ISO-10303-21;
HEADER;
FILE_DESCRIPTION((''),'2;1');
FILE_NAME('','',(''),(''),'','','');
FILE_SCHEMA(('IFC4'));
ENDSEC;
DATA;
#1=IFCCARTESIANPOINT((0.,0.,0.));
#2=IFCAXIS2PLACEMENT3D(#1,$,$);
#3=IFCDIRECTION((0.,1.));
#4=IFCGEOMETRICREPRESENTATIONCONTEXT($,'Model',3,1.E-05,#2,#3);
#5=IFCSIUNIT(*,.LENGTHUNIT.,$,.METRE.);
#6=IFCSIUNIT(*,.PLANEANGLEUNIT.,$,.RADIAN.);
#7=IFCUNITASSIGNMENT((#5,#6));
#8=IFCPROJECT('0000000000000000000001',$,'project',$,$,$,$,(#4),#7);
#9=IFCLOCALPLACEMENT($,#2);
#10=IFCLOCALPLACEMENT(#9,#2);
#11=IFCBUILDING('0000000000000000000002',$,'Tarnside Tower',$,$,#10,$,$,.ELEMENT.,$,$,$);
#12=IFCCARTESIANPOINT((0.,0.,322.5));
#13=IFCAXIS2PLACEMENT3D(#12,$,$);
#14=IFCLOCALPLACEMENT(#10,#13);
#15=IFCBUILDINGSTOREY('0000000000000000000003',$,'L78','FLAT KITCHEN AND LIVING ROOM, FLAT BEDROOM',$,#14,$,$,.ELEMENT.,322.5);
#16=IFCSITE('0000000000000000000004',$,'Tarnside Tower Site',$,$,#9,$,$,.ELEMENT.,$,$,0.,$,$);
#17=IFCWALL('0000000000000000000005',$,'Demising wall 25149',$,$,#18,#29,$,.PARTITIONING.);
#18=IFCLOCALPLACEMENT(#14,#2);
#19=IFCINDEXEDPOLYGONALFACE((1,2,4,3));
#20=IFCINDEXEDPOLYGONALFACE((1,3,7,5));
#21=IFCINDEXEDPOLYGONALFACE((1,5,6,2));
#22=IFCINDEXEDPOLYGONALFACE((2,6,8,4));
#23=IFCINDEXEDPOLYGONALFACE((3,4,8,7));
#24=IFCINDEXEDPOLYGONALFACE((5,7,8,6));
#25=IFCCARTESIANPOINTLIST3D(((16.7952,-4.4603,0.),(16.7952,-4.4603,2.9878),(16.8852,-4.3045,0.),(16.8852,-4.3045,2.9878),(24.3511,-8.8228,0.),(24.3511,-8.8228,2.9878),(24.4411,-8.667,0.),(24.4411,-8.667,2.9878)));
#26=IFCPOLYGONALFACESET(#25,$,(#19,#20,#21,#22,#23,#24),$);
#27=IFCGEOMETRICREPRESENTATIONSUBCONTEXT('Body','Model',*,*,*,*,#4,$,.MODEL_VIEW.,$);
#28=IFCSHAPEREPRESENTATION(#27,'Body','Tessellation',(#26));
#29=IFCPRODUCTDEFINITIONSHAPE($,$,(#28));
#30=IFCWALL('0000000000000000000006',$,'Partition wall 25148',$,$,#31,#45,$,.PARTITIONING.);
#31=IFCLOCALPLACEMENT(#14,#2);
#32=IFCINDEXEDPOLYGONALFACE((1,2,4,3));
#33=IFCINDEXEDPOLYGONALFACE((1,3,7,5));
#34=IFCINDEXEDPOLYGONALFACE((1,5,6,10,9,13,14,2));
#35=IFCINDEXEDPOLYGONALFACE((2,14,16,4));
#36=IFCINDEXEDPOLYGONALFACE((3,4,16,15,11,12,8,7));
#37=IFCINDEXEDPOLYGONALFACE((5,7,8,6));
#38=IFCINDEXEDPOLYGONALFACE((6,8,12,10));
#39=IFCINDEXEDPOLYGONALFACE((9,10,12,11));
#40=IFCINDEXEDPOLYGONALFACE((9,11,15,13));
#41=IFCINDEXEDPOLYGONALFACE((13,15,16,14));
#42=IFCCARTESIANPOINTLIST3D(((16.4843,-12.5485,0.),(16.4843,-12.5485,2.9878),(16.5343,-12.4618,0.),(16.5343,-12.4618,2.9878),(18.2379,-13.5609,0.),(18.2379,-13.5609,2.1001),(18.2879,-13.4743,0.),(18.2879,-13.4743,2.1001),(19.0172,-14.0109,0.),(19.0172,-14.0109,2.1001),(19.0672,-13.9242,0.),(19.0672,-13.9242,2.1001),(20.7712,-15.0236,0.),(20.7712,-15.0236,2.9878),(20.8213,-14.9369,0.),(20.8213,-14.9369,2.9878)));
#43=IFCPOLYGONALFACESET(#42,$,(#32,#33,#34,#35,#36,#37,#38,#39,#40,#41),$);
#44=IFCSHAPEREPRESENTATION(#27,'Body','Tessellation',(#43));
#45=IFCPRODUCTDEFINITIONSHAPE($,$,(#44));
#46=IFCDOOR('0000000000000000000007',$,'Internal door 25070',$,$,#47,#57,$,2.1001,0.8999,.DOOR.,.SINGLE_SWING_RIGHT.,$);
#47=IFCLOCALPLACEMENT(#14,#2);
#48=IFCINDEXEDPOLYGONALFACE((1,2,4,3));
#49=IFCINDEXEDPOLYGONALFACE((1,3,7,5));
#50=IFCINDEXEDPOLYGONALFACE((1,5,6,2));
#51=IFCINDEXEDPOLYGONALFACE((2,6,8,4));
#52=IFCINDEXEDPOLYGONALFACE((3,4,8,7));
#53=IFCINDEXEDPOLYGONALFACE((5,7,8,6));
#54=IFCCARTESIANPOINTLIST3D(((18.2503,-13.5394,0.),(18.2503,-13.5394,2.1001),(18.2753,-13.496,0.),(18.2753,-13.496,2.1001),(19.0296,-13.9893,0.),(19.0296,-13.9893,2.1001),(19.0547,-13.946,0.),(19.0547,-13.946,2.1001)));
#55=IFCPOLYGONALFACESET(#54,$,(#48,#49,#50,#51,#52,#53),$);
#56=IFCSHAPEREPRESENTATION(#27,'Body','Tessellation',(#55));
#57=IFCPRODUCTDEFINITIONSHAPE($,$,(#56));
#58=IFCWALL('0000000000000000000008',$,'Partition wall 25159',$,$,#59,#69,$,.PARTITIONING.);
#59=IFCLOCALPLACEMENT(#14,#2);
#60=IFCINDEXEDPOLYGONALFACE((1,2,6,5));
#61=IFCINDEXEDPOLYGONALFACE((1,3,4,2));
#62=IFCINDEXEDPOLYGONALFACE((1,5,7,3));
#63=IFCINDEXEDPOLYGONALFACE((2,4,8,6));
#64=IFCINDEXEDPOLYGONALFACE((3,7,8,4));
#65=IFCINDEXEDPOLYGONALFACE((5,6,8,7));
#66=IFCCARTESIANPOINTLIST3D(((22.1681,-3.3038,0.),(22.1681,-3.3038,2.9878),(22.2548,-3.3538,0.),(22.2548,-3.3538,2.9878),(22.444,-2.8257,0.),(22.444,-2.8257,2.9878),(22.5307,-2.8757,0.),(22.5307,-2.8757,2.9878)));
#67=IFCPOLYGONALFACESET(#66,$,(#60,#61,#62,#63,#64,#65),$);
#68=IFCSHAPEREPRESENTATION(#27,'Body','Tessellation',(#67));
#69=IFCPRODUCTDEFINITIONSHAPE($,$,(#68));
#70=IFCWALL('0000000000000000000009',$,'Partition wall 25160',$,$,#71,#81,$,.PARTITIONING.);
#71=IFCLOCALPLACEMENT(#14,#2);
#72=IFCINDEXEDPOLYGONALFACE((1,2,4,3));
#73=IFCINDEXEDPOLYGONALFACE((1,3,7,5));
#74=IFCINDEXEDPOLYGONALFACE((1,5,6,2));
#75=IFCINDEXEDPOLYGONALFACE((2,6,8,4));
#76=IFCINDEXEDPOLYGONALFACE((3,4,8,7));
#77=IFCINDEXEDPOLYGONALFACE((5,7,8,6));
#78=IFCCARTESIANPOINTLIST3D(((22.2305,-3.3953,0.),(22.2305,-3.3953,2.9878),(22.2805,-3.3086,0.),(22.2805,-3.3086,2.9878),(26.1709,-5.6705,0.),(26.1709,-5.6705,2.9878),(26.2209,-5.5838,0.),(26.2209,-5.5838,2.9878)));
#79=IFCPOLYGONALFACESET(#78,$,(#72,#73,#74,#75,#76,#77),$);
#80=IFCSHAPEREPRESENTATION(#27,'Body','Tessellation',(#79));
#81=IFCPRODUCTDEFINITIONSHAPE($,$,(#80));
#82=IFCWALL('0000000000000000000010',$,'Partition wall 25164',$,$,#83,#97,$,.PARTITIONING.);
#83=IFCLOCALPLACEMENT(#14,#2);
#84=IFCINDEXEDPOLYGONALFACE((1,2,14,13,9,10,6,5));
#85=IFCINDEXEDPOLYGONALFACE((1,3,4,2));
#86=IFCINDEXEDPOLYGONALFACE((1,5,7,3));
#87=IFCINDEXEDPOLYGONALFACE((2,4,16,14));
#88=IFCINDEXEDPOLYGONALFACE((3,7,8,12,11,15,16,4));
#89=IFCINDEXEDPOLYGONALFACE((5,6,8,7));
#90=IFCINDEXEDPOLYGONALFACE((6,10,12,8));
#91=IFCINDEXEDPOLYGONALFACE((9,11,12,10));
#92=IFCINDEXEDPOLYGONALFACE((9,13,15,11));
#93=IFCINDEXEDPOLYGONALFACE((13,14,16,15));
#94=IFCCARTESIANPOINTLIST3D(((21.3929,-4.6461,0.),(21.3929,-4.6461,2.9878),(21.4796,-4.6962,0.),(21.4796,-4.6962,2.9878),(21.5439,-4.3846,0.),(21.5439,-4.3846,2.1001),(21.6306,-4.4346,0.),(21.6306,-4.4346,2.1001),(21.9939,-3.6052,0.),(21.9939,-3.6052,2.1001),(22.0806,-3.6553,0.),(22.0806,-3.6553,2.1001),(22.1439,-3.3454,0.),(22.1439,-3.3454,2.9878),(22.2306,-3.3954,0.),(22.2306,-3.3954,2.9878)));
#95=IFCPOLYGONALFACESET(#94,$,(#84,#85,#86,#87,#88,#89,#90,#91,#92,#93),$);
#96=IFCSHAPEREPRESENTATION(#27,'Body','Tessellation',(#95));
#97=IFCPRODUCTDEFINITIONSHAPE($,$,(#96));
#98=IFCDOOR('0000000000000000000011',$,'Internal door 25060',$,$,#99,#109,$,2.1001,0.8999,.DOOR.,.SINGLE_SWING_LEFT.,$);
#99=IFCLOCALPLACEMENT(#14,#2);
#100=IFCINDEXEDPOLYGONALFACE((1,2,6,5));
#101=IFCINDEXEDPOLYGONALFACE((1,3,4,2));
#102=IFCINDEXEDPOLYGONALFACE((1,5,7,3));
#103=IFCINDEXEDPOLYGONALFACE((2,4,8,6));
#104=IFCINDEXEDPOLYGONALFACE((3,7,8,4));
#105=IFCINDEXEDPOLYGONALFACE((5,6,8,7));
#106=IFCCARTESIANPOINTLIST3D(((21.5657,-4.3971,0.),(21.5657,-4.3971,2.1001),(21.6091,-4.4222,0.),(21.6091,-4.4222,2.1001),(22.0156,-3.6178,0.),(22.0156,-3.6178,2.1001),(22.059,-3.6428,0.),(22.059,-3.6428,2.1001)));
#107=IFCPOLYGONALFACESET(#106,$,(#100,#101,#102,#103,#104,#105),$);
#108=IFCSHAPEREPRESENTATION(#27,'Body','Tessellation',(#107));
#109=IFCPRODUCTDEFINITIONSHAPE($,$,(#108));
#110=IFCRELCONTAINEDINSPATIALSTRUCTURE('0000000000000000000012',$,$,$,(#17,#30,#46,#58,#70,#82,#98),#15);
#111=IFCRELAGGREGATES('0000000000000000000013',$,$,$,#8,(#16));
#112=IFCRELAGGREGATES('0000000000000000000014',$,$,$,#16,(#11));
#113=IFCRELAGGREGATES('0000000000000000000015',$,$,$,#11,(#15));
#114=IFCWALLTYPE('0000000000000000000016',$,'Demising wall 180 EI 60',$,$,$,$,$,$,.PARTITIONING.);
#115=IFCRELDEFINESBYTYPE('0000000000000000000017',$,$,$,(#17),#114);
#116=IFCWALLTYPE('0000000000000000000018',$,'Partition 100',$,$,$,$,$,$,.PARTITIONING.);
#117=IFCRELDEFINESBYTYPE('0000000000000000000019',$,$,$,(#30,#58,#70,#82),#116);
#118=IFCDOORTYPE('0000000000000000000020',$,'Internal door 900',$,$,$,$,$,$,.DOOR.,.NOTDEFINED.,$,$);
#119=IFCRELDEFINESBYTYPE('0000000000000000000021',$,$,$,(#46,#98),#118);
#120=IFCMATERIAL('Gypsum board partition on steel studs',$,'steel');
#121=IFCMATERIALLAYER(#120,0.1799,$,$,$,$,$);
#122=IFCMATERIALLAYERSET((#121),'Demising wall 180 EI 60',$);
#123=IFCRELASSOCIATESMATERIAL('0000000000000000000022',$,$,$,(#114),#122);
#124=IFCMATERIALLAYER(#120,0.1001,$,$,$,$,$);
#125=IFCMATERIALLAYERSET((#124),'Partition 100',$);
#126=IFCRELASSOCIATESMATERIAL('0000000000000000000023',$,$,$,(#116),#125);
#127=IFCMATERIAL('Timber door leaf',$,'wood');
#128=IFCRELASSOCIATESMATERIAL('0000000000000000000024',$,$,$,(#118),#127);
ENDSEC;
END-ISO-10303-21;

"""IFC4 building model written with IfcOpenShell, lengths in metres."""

from ifc_helpers import new_model, si_unit, direction, frame, frame_2d, origin, place, context, subcontext, project, spatial, rectangle, extrude, material, layer, layer_set, type_object, element, fill, save


model = new_model("IFC4")

# Units and contexts
model_context = context("Model", 3, precision=1e-05, world=origin(), true_north=direction((0.0, 1.0)))
body_context = subcontext(model_context, "Body", "Model", "MODEL_VIEW")
ifc_project = project(units=[si_unit("LENGTHUNIT", "METRE"), si_unit("PLANEANGLEUNIT", "RADIAN")], contexts=[model_context])

# Site, building, storey
site_placement = place(None, origin())
site = spatial("IfcSite", under=ifc_project, at=site_placement, Name="Tarnside Tower Site", CompositionType="ELEMENT", RefElevation=0.0)
building_placement = place(site_placement, origin())
building = spatial("IfcBuilding", under=site, at=building_placement, Name="Tarnside Tower", CompositionType="ELEMENT")
storey_placement = place(building_placement, frame((0.0, 0.0, 322.5)))
storey = spatial("IfcBuildingStorey", under=building, at=storey_placement, Name="L78", Description="FLAT KITCHEN AND LIVING ROOM, FLAT BEDROOM", CompositionType="ELEMENT", Elevation=322.5)

# Shared definitions
ifc_material_1 = material(Name="Gypsum board partition on steel studs", Category="steel")

# Shared definitions
ifc_material_2 = material(Name="Timber door leaf", Category="wood")

# Wall
ifc_layer_1 = layer(ifc_material_1, 0.1799)
ifc_layer_set_1 = layer_set([ifc_layer_1], Name="Demising wall 180 EI 60")
wall_type_1 = type_object("IfcWallType", Name="Demising wall 180 EI 60", PredefinedType="PARTITIONING", material=ifc_layer_set_1)
wall_1_placement = place(storey_placement, frame((24.396, -8.7449, 0.0), z_axis=(0.0, 0.0, 1.0), x_axis=(-0.866018, 0.500012, 0.0)))
element("IfcWall", 1, at=wall_1_placement, inside=storey, type_object=wall_type_1, Name="Demising wall 25149", PredefinedType="PARTITIONING", context=body_context, shape_type="SweptSolid", body=[
    extrude(rectangle(XDim=8.7249, YDim=0.1799, at=frame_2d((4.3623, 0.0))), origin(), (0.0, 0.0, 1.0), 2.9878),
])

# Wall, opening, door
ifc_layer_2 = layer(ifc_material_1, 0.1001)
ifc_layer_set_2 = layer_set([ifc_layer_2], Name="Partition 100")
wall_type_2 = type_object("IfcWallType", Name="Partition 100", PredefinedType="PARTITIONING", material=ifc_layer_set_2)
wall_2_placement = place(storey_placement, frame((16.5093, -12.5051, 0.0), z_axis=(0.0, 0.0, 1.0), x_axis=(0.866019, -0.500011, 0.0)))
wall_2 = element("IfcWall", 2, at=wall_2_placement, inside=storey, type_object=wall_type_2, Name="Partition wall 25148", PredefinedType="PARTITIONING", context=body_context, shape_type="SweptSolid", body=[
    extrude(rectangle(XDim=4.9502, YDim=0.1001, at=frame_2d((2.4751, 0.0))), origin(), (0.0, 0.0, 1.0), 2.9878),
])
opening_1_placement = place(wall_2_placement, frame((2.0249, 0.0, 0.0)))
opening_1 = element("IfcOpeningElement", 3, at=opening_1_placement, cuts=wall_2, PredefinedType="OPENING", context=body_context, shape_type="SweptSolid", body=[
    extrude(rectangle(XDim=0.8999, YDim=2.1001, at=frame_2d((0.45, 1.05))), frame((0.0, 0.0601, 0.0), z_axis=(0.0, -1.0, 0.0), x_axis=(1.0, 0.0, 0.0)), (0.0, 0.0, 1.0), 0.1201),
])
door_type_1 = type_object("IfcDoorType", Name="Internal door 900", OperationType="NOTDEFINED", PredefinedType="DOOR", material=ifc_material_2)
door_1_placement = place(opening_1_placement, origin())
door_1 = element("IfcDoor", 4, at=door_1_placement, inside=storey, type_object=door_type_1, Name="Internal door 25070", OperationType="SINGLE_SWING_RIGHT", OverallHeight=2.1001, OverallWidth=0.8999, PredefinedType="DOOR", context=body_context, shape_type="SweptSolid", body=[
    extrude(rectangle(XDim=0.8999, YDim=2.1001, at=frame_2d((0.45, 1.05))), frame((0.0, 0.0249, 0.0), z_axis=(0.0, -1.0, 0.0), x_axis=(1.0, 0.0, 0.0)), (0.0, 0.0, 1.0), 0.05),
])
fill(opening_1, door_1)

# Walls
wall_3_placement = place(storey_placement, frame((22.4873, -2.8508, 0.0), z_axis=(0.0, 0.0, 1.0), x_axis=(-0.49985, -0.866112, 0.0)))
element("IfcWall", 5, at=wall_3_placement, inside=storey, type_object=wall_type_2, Name="Partition wall 25159", PredefinedType="PARTITIONING", context=body_context, shape_type="SweptSolid", body=[
    extrude(rectangle(XDim=0.552, YDim=0.1001, at=frame_2d((0.2759, 0.0))), origin(), (0.0, 0.0, 1.0), 2.9878),
])
wall_4_placement = place(storey_placement, frame((22.2556, -3.3521, 0.0), z_axis=(0.0, 0.0, 1.0), x_axis=(0.866012, -0.500023, 0.0)))
element("IfcWall", 6, at=wall_4_placement, inside=storey, type_object=wall_type_2, Name="Partition wall 25160", PredefinedType="PARTITIONING", context=body_context, shape_type="SweptSolid", body=[
    extrude(rectangle(XDim=4.55, YDim=0.1001, at=frame_2d((2.2749, 0.0))), origin(), (0.0, 0.0, 1.0), 2.9878),
])

# Wall, opening, door
wall_5_placement = place(storey_placement, frame((21.4363, -4.6711, 0.0), z_axis=(0.0, 0.0, 1.0), x_axis=(0.499985, 0.866034, 0.0)))
wall_5 = element("IfcWall", 7, at=wall_5_placement, inside=storey, type_object=wall_type_2, Name="Partition wall 25164", PredefinedType="PARTITIONING", context=body_context, shape_type="SweptSolid", body=[
    extrude(rectangle(XDim=1.502, YDim=0.1001, at=frame_2d((0.751, 0.0))), origin(), (0.0, 0.0, 1.0), 2.9878),
])
opening_2_placement = place(wall_5_placement, frame((0.302, 0.0, 0.0)))
opening_2 = element("IfcOpeningElement", 8, at=opening_2_placement, cuts=wall_5, PredefinedType="OPENING", context=body_context, shape_type="SweptSolid", body=[
    extrude(rectangle(XDim=0.8999, YDim=2.1001, at=frame_2d((0.45, 1.05))), frame((0.0, 0.0601, 0.0), z_axis=(0.0, -1.0, 0.0), x_axis=(1.0, 0.0, 0.0)), (0.0, 0.0, 1.0), 0.1201),
])
door_2_placement = place(opening_2_placement, origin())
door_2 = element("IfcDoor", 9, at=door_2_placement, inside=storey, type_object=door_type_1, Name="Internal door 25060", OperationType="SINGLE_SWING_LEFT", OverallHeight=2.1001, OverallWidth=0.8999, PredefinedType="DOOR", context=body_context, shape_type="SweptSolid", body=[
    extrude(rectangle(XDim=0.8999, YDim=2.1001, at=frame_2d((0.45, 1.05))), frame((0.0, 0.0249, 0.0), z_axis=(0.0, -1.0, 0.0), x_axis=(1.0, 0.0, 0.0)), (0.0, 0.0, 1.0), 0.05),
])
fill(opening_2, door_2)

save(model, "model.ifc")
